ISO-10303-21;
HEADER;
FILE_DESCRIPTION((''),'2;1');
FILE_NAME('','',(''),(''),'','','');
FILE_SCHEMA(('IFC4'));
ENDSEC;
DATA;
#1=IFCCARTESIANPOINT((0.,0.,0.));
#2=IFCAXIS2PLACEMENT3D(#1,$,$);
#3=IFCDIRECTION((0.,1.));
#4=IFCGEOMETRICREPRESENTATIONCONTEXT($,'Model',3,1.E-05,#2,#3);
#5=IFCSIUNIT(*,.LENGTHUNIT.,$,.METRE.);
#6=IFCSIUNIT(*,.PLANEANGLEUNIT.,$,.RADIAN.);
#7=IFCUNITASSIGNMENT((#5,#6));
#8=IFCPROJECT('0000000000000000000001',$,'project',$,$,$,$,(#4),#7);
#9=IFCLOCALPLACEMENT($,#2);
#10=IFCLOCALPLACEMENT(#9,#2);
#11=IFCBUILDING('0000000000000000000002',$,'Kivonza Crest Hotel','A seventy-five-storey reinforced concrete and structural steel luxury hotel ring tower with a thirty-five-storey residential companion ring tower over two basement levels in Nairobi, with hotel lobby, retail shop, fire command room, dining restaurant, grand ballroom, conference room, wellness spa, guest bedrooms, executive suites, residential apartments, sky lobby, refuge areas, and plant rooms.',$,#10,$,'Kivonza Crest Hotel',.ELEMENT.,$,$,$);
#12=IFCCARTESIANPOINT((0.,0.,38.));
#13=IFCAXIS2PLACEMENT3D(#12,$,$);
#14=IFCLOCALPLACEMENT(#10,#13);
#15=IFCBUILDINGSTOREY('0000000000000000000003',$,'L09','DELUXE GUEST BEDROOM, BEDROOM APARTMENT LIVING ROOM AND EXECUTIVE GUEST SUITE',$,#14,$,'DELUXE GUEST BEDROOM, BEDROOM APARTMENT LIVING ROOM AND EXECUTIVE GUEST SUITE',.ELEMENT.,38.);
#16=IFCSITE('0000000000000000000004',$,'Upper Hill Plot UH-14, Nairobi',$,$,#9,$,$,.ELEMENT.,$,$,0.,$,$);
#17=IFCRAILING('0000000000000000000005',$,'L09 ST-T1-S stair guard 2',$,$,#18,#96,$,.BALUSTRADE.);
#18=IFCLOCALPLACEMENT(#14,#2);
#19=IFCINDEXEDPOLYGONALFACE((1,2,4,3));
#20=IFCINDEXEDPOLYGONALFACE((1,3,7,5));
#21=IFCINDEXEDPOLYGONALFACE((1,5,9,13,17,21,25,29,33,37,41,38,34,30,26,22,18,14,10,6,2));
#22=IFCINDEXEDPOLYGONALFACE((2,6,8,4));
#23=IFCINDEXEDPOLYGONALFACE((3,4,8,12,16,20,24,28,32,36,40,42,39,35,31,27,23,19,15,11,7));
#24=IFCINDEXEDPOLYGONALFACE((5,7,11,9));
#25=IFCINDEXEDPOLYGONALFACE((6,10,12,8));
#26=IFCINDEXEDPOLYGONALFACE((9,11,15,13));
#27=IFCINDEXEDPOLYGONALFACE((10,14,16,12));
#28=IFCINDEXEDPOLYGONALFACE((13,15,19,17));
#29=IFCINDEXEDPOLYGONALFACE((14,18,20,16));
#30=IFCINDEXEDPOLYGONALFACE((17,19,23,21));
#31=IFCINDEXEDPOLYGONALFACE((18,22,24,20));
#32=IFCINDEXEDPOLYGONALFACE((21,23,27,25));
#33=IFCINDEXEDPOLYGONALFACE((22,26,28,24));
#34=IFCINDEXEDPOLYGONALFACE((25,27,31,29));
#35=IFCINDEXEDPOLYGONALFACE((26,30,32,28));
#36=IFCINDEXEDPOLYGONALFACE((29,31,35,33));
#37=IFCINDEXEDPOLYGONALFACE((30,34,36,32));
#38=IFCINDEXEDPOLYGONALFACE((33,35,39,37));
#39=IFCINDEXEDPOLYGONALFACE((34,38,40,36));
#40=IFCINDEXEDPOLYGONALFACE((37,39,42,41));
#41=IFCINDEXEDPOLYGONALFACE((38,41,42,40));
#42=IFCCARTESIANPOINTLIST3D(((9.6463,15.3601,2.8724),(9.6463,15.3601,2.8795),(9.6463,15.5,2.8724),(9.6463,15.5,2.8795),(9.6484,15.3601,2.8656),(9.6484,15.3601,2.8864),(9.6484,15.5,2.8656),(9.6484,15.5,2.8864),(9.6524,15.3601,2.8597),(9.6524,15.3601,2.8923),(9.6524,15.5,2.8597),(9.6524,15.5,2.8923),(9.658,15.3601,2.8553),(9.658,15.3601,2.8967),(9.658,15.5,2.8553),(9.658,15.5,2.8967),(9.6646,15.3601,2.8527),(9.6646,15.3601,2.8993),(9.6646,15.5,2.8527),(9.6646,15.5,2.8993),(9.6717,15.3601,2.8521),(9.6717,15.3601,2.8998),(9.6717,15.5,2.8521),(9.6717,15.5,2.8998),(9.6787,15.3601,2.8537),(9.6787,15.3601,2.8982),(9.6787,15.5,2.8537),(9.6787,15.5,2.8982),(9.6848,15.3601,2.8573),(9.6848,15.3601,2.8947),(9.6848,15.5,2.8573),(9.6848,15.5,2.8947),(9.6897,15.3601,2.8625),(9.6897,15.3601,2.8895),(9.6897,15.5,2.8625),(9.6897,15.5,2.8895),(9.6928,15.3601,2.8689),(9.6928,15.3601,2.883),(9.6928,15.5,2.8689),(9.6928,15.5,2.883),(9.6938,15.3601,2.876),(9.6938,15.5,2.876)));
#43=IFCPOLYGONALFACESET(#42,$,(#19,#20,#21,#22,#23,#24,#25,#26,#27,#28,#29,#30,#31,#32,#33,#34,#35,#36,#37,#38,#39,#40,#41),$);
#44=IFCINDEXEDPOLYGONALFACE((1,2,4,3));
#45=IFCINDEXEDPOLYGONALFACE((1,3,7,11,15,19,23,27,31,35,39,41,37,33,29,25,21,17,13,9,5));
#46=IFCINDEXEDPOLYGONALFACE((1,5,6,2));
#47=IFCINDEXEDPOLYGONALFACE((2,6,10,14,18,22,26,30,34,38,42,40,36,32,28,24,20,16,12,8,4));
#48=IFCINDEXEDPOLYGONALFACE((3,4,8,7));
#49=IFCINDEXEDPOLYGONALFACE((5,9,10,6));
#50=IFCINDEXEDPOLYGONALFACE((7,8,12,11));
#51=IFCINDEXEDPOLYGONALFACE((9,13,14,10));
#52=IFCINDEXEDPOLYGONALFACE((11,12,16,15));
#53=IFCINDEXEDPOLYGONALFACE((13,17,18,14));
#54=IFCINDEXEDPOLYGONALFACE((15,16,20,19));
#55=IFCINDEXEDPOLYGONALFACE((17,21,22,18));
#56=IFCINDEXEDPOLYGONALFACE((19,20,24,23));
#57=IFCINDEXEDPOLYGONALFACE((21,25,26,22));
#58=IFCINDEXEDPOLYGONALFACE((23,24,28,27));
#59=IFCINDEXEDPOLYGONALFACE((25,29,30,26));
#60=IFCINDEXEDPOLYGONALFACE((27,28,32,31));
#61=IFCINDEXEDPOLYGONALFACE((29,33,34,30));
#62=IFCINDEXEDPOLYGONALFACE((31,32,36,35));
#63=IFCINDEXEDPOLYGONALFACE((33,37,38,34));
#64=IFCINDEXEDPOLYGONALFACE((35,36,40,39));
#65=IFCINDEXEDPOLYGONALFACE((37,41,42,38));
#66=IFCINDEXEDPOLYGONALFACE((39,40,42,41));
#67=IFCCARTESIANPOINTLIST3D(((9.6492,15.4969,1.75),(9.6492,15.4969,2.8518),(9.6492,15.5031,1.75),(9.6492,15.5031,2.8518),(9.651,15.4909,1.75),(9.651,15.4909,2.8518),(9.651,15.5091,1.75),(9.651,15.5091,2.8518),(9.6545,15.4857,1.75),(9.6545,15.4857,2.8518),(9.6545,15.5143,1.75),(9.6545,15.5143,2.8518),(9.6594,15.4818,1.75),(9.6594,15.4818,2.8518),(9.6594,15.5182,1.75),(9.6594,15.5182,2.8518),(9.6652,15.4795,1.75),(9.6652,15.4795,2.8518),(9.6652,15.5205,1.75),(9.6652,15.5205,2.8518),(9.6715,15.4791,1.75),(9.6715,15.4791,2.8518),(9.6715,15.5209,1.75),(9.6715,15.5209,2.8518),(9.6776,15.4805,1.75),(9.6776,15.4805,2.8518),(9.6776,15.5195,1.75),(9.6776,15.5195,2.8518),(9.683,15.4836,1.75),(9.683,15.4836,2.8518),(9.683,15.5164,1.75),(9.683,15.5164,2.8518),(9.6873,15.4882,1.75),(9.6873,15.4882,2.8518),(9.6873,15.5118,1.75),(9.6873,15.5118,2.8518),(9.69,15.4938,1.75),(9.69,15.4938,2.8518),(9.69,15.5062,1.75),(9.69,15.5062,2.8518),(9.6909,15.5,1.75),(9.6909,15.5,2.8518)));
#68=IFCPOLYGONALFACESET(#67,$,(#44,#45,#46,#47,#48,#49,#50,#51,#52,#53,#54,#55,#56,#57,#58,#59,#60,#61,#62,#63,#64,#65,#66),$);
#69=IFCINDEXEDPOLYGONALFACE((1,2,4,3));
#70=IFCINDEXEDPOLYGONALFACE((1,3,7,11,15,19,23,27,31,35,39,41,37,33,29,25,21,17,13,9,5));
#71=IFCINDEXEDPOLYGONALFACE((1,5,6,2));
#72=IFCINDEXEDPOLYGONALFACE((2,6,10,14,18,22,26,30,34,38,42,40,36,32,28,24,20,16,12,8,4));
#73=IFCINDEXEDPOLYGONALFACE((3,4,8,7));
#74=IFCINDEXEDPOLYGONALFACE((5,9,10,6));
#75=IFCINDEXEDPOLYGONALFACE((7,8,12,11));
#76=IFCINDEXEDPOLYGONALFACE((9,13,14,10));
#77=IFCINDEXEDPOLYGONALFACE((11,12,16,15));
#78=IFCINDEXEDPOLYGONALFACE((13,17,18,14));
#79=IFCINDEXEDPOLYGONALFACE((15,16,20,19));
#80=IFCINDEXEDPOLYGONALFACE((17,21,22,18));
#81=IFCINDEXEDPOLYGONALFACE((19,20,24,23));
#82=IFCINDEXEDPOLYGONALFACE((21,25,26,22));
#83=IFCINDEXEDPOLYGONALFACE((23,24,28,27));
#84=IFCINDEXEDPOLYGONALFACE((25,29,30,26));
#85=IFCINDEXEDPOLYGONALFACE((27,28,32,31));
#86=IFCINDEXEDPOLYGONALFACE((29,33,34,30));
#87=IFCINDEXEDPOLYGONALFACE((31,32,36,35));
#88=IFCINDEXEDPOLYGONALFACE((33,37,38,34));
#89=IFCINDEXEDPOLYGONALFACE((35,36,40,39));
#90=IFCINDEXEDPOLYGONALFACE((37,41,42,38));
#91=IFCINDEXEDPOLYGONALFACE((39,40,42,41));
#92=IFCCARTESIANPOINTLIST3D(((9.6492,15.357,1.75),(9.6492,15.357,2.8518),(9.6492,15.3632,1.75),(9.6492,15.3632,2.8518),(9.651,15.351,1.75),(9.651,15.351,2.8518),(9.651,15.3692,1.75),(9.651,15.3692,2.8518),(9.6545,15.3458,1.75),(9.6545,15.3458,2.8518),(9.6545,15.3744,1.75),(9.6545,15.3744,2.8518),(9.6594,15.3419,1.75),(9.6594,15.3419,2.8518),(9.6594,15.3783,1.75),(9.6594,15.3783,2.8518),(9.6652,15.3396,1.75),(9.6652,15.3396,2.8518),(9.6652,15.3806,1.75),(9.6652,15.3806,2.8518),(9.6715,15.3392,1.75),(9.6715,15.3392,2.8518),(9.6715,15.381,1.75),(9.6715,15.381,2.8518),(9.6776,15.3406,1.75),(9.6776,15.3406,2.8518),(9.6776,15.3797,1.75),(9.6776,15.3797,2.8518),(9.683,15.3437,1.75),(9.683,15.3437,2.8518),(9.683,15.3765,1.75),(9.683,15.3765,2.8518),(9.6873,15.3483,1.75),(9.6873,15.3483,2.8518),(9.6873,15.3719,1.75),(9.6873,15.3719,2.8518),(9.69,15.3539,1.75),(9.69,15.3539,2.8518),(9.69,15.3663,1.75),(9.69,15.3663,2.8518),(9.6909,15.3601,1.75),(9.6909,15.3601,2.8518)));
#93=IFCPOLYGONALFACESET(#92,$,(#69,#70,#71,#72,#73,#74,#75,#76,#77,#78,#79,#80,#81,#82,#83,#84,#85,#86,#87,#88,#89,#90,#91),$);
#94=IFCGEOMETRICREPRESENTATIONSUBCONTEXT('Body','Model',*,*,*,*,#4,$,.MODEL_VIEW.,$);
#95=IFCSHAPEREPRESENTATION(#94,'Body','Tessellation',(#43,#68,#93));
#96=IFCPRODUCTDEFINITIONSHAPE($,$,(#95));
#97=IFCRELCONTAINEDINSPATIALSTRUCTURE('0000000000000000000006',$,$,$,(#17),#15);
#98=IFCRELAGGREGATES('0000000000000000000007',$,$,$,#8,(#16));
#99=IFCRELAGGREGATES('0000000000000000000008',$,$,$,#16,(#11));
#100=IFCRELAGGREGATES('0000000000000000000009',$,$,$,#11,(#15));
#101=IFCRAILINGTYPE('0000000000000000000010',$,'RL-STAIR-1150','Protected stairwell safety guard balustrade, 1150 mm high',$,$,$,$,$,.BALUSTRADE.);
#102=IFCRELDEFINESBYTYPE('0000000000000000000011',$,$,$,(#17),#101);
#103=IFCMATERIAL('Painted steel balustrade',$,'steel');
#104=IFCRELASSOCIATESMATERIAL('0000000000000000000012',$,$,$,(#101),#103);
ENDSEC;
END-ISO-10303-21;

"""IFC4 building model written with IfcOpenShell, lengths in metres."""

from ifc_helpers import new_model, si_unit, direction, frame, origin, origin_2d, place, context, subcontext, project, spatial, circle, extrude, material, type_object, element, save


model = new_model("IFC4")

# Units and contexts
model_context = context("Model", 3, precision=1e-05, world=origin(), true_north=direction((0.0, 1.0)))
body_context = subcontext(model_context, "Body", "Model", "MODEL_VIEW")
ifc_project = project(units=[si_unit("LENGTHUNIT", "METRE"), si_unit("PLANEANGLEUNIT", "RADIAN")], contexts=[model_context])

# Site, building, storey
site_placement = place(None, origin())
site = spatial("IfcSite", under=ifc_project, at=site_placement, Name="Upper Hill Plot UH-14, Nairobi", CompositionType="ELEMENT", RefElevation=0.0)
building_placement = place(site_placement, origin())
building = spatial("IfcBuilding", under=site, at=building_placement, Name="Kivonza Crest Hotel", Description="A seventy-five-storey reinforced concrete and structural steel luxury hotel ring tower with a thirty-five-storey residential companion ring tower over two basement levels in Nairobi, with hotel lobby, retail shop, fire command room, dining restaurant, grand ballroom, conference room, wellness spa, guest bedrooms, executive suites, residential apartments, sky lobby, refuge areas, and plant rooms.", LongName="Kivonza Crest Hotel", CompositionType="ELEMENT")
storey_placement = place(building_placement, frame((0.0, 0.0, 38.0)))
storey = spatial("IfcBuildingStorey", under=building, at=storey_placement, Name="L09", Description="DELUXE GUEST BEDROOM, BEDROOM APARTMENT LIVING ROOM AND EXECUTIVE GUEST SUITE", LongName="DELUXE GUEST BEDROOM, BEDROOM APARTMENT LIVING ROOM AND EXECUTIVE GUEST SUITE", CompositionType="ELEMENT", Elevation=38.0)

# Railing
ifc_material_1 = material(Name="Painted steel balustrade", Category="steel")
railing_type_1 = type_object("IfcRailingType", Name="RL-STAIR-1150", Description="Protected stairwell safety guard balustrade, 1150 mm high", PredefinedType="BALUSTRADE", material=ifc_material_1)
railing_1_placement = place(storey_placement, frame((9.6699, 15.5, 1.75)))
element("IfcRailing", 1, at=railing_1_placement, inside=storey, type_object=railing_type_1, Name="L09 ST-T1-S stair guard 2", PredefinedType="BALUSTRADE", context=body_context, shape_type="SweptSolid", body=[
    extrude(circle(Radius=0.0239, at=origin_2d()), frame((0.0, 0.0, 1.126), z_axis=(0.0, -1.0, 0.0), x_axis=(1.0, 0.0, 0.0)), (0.0, 0.0, 1.0), 0.1399),
    extrude(circle(Radius=0.021, at=origin_2d()), origin(), (0.0, 0.0, 1.0), 1.1018),
    extrude(circle(Radius=0.021, at=origin_2d()), frame((0.0, -0.1399, 0.0)), (0.0, 0.0, 1.0), 1.1018),
])

save(model, "model.ifc")
